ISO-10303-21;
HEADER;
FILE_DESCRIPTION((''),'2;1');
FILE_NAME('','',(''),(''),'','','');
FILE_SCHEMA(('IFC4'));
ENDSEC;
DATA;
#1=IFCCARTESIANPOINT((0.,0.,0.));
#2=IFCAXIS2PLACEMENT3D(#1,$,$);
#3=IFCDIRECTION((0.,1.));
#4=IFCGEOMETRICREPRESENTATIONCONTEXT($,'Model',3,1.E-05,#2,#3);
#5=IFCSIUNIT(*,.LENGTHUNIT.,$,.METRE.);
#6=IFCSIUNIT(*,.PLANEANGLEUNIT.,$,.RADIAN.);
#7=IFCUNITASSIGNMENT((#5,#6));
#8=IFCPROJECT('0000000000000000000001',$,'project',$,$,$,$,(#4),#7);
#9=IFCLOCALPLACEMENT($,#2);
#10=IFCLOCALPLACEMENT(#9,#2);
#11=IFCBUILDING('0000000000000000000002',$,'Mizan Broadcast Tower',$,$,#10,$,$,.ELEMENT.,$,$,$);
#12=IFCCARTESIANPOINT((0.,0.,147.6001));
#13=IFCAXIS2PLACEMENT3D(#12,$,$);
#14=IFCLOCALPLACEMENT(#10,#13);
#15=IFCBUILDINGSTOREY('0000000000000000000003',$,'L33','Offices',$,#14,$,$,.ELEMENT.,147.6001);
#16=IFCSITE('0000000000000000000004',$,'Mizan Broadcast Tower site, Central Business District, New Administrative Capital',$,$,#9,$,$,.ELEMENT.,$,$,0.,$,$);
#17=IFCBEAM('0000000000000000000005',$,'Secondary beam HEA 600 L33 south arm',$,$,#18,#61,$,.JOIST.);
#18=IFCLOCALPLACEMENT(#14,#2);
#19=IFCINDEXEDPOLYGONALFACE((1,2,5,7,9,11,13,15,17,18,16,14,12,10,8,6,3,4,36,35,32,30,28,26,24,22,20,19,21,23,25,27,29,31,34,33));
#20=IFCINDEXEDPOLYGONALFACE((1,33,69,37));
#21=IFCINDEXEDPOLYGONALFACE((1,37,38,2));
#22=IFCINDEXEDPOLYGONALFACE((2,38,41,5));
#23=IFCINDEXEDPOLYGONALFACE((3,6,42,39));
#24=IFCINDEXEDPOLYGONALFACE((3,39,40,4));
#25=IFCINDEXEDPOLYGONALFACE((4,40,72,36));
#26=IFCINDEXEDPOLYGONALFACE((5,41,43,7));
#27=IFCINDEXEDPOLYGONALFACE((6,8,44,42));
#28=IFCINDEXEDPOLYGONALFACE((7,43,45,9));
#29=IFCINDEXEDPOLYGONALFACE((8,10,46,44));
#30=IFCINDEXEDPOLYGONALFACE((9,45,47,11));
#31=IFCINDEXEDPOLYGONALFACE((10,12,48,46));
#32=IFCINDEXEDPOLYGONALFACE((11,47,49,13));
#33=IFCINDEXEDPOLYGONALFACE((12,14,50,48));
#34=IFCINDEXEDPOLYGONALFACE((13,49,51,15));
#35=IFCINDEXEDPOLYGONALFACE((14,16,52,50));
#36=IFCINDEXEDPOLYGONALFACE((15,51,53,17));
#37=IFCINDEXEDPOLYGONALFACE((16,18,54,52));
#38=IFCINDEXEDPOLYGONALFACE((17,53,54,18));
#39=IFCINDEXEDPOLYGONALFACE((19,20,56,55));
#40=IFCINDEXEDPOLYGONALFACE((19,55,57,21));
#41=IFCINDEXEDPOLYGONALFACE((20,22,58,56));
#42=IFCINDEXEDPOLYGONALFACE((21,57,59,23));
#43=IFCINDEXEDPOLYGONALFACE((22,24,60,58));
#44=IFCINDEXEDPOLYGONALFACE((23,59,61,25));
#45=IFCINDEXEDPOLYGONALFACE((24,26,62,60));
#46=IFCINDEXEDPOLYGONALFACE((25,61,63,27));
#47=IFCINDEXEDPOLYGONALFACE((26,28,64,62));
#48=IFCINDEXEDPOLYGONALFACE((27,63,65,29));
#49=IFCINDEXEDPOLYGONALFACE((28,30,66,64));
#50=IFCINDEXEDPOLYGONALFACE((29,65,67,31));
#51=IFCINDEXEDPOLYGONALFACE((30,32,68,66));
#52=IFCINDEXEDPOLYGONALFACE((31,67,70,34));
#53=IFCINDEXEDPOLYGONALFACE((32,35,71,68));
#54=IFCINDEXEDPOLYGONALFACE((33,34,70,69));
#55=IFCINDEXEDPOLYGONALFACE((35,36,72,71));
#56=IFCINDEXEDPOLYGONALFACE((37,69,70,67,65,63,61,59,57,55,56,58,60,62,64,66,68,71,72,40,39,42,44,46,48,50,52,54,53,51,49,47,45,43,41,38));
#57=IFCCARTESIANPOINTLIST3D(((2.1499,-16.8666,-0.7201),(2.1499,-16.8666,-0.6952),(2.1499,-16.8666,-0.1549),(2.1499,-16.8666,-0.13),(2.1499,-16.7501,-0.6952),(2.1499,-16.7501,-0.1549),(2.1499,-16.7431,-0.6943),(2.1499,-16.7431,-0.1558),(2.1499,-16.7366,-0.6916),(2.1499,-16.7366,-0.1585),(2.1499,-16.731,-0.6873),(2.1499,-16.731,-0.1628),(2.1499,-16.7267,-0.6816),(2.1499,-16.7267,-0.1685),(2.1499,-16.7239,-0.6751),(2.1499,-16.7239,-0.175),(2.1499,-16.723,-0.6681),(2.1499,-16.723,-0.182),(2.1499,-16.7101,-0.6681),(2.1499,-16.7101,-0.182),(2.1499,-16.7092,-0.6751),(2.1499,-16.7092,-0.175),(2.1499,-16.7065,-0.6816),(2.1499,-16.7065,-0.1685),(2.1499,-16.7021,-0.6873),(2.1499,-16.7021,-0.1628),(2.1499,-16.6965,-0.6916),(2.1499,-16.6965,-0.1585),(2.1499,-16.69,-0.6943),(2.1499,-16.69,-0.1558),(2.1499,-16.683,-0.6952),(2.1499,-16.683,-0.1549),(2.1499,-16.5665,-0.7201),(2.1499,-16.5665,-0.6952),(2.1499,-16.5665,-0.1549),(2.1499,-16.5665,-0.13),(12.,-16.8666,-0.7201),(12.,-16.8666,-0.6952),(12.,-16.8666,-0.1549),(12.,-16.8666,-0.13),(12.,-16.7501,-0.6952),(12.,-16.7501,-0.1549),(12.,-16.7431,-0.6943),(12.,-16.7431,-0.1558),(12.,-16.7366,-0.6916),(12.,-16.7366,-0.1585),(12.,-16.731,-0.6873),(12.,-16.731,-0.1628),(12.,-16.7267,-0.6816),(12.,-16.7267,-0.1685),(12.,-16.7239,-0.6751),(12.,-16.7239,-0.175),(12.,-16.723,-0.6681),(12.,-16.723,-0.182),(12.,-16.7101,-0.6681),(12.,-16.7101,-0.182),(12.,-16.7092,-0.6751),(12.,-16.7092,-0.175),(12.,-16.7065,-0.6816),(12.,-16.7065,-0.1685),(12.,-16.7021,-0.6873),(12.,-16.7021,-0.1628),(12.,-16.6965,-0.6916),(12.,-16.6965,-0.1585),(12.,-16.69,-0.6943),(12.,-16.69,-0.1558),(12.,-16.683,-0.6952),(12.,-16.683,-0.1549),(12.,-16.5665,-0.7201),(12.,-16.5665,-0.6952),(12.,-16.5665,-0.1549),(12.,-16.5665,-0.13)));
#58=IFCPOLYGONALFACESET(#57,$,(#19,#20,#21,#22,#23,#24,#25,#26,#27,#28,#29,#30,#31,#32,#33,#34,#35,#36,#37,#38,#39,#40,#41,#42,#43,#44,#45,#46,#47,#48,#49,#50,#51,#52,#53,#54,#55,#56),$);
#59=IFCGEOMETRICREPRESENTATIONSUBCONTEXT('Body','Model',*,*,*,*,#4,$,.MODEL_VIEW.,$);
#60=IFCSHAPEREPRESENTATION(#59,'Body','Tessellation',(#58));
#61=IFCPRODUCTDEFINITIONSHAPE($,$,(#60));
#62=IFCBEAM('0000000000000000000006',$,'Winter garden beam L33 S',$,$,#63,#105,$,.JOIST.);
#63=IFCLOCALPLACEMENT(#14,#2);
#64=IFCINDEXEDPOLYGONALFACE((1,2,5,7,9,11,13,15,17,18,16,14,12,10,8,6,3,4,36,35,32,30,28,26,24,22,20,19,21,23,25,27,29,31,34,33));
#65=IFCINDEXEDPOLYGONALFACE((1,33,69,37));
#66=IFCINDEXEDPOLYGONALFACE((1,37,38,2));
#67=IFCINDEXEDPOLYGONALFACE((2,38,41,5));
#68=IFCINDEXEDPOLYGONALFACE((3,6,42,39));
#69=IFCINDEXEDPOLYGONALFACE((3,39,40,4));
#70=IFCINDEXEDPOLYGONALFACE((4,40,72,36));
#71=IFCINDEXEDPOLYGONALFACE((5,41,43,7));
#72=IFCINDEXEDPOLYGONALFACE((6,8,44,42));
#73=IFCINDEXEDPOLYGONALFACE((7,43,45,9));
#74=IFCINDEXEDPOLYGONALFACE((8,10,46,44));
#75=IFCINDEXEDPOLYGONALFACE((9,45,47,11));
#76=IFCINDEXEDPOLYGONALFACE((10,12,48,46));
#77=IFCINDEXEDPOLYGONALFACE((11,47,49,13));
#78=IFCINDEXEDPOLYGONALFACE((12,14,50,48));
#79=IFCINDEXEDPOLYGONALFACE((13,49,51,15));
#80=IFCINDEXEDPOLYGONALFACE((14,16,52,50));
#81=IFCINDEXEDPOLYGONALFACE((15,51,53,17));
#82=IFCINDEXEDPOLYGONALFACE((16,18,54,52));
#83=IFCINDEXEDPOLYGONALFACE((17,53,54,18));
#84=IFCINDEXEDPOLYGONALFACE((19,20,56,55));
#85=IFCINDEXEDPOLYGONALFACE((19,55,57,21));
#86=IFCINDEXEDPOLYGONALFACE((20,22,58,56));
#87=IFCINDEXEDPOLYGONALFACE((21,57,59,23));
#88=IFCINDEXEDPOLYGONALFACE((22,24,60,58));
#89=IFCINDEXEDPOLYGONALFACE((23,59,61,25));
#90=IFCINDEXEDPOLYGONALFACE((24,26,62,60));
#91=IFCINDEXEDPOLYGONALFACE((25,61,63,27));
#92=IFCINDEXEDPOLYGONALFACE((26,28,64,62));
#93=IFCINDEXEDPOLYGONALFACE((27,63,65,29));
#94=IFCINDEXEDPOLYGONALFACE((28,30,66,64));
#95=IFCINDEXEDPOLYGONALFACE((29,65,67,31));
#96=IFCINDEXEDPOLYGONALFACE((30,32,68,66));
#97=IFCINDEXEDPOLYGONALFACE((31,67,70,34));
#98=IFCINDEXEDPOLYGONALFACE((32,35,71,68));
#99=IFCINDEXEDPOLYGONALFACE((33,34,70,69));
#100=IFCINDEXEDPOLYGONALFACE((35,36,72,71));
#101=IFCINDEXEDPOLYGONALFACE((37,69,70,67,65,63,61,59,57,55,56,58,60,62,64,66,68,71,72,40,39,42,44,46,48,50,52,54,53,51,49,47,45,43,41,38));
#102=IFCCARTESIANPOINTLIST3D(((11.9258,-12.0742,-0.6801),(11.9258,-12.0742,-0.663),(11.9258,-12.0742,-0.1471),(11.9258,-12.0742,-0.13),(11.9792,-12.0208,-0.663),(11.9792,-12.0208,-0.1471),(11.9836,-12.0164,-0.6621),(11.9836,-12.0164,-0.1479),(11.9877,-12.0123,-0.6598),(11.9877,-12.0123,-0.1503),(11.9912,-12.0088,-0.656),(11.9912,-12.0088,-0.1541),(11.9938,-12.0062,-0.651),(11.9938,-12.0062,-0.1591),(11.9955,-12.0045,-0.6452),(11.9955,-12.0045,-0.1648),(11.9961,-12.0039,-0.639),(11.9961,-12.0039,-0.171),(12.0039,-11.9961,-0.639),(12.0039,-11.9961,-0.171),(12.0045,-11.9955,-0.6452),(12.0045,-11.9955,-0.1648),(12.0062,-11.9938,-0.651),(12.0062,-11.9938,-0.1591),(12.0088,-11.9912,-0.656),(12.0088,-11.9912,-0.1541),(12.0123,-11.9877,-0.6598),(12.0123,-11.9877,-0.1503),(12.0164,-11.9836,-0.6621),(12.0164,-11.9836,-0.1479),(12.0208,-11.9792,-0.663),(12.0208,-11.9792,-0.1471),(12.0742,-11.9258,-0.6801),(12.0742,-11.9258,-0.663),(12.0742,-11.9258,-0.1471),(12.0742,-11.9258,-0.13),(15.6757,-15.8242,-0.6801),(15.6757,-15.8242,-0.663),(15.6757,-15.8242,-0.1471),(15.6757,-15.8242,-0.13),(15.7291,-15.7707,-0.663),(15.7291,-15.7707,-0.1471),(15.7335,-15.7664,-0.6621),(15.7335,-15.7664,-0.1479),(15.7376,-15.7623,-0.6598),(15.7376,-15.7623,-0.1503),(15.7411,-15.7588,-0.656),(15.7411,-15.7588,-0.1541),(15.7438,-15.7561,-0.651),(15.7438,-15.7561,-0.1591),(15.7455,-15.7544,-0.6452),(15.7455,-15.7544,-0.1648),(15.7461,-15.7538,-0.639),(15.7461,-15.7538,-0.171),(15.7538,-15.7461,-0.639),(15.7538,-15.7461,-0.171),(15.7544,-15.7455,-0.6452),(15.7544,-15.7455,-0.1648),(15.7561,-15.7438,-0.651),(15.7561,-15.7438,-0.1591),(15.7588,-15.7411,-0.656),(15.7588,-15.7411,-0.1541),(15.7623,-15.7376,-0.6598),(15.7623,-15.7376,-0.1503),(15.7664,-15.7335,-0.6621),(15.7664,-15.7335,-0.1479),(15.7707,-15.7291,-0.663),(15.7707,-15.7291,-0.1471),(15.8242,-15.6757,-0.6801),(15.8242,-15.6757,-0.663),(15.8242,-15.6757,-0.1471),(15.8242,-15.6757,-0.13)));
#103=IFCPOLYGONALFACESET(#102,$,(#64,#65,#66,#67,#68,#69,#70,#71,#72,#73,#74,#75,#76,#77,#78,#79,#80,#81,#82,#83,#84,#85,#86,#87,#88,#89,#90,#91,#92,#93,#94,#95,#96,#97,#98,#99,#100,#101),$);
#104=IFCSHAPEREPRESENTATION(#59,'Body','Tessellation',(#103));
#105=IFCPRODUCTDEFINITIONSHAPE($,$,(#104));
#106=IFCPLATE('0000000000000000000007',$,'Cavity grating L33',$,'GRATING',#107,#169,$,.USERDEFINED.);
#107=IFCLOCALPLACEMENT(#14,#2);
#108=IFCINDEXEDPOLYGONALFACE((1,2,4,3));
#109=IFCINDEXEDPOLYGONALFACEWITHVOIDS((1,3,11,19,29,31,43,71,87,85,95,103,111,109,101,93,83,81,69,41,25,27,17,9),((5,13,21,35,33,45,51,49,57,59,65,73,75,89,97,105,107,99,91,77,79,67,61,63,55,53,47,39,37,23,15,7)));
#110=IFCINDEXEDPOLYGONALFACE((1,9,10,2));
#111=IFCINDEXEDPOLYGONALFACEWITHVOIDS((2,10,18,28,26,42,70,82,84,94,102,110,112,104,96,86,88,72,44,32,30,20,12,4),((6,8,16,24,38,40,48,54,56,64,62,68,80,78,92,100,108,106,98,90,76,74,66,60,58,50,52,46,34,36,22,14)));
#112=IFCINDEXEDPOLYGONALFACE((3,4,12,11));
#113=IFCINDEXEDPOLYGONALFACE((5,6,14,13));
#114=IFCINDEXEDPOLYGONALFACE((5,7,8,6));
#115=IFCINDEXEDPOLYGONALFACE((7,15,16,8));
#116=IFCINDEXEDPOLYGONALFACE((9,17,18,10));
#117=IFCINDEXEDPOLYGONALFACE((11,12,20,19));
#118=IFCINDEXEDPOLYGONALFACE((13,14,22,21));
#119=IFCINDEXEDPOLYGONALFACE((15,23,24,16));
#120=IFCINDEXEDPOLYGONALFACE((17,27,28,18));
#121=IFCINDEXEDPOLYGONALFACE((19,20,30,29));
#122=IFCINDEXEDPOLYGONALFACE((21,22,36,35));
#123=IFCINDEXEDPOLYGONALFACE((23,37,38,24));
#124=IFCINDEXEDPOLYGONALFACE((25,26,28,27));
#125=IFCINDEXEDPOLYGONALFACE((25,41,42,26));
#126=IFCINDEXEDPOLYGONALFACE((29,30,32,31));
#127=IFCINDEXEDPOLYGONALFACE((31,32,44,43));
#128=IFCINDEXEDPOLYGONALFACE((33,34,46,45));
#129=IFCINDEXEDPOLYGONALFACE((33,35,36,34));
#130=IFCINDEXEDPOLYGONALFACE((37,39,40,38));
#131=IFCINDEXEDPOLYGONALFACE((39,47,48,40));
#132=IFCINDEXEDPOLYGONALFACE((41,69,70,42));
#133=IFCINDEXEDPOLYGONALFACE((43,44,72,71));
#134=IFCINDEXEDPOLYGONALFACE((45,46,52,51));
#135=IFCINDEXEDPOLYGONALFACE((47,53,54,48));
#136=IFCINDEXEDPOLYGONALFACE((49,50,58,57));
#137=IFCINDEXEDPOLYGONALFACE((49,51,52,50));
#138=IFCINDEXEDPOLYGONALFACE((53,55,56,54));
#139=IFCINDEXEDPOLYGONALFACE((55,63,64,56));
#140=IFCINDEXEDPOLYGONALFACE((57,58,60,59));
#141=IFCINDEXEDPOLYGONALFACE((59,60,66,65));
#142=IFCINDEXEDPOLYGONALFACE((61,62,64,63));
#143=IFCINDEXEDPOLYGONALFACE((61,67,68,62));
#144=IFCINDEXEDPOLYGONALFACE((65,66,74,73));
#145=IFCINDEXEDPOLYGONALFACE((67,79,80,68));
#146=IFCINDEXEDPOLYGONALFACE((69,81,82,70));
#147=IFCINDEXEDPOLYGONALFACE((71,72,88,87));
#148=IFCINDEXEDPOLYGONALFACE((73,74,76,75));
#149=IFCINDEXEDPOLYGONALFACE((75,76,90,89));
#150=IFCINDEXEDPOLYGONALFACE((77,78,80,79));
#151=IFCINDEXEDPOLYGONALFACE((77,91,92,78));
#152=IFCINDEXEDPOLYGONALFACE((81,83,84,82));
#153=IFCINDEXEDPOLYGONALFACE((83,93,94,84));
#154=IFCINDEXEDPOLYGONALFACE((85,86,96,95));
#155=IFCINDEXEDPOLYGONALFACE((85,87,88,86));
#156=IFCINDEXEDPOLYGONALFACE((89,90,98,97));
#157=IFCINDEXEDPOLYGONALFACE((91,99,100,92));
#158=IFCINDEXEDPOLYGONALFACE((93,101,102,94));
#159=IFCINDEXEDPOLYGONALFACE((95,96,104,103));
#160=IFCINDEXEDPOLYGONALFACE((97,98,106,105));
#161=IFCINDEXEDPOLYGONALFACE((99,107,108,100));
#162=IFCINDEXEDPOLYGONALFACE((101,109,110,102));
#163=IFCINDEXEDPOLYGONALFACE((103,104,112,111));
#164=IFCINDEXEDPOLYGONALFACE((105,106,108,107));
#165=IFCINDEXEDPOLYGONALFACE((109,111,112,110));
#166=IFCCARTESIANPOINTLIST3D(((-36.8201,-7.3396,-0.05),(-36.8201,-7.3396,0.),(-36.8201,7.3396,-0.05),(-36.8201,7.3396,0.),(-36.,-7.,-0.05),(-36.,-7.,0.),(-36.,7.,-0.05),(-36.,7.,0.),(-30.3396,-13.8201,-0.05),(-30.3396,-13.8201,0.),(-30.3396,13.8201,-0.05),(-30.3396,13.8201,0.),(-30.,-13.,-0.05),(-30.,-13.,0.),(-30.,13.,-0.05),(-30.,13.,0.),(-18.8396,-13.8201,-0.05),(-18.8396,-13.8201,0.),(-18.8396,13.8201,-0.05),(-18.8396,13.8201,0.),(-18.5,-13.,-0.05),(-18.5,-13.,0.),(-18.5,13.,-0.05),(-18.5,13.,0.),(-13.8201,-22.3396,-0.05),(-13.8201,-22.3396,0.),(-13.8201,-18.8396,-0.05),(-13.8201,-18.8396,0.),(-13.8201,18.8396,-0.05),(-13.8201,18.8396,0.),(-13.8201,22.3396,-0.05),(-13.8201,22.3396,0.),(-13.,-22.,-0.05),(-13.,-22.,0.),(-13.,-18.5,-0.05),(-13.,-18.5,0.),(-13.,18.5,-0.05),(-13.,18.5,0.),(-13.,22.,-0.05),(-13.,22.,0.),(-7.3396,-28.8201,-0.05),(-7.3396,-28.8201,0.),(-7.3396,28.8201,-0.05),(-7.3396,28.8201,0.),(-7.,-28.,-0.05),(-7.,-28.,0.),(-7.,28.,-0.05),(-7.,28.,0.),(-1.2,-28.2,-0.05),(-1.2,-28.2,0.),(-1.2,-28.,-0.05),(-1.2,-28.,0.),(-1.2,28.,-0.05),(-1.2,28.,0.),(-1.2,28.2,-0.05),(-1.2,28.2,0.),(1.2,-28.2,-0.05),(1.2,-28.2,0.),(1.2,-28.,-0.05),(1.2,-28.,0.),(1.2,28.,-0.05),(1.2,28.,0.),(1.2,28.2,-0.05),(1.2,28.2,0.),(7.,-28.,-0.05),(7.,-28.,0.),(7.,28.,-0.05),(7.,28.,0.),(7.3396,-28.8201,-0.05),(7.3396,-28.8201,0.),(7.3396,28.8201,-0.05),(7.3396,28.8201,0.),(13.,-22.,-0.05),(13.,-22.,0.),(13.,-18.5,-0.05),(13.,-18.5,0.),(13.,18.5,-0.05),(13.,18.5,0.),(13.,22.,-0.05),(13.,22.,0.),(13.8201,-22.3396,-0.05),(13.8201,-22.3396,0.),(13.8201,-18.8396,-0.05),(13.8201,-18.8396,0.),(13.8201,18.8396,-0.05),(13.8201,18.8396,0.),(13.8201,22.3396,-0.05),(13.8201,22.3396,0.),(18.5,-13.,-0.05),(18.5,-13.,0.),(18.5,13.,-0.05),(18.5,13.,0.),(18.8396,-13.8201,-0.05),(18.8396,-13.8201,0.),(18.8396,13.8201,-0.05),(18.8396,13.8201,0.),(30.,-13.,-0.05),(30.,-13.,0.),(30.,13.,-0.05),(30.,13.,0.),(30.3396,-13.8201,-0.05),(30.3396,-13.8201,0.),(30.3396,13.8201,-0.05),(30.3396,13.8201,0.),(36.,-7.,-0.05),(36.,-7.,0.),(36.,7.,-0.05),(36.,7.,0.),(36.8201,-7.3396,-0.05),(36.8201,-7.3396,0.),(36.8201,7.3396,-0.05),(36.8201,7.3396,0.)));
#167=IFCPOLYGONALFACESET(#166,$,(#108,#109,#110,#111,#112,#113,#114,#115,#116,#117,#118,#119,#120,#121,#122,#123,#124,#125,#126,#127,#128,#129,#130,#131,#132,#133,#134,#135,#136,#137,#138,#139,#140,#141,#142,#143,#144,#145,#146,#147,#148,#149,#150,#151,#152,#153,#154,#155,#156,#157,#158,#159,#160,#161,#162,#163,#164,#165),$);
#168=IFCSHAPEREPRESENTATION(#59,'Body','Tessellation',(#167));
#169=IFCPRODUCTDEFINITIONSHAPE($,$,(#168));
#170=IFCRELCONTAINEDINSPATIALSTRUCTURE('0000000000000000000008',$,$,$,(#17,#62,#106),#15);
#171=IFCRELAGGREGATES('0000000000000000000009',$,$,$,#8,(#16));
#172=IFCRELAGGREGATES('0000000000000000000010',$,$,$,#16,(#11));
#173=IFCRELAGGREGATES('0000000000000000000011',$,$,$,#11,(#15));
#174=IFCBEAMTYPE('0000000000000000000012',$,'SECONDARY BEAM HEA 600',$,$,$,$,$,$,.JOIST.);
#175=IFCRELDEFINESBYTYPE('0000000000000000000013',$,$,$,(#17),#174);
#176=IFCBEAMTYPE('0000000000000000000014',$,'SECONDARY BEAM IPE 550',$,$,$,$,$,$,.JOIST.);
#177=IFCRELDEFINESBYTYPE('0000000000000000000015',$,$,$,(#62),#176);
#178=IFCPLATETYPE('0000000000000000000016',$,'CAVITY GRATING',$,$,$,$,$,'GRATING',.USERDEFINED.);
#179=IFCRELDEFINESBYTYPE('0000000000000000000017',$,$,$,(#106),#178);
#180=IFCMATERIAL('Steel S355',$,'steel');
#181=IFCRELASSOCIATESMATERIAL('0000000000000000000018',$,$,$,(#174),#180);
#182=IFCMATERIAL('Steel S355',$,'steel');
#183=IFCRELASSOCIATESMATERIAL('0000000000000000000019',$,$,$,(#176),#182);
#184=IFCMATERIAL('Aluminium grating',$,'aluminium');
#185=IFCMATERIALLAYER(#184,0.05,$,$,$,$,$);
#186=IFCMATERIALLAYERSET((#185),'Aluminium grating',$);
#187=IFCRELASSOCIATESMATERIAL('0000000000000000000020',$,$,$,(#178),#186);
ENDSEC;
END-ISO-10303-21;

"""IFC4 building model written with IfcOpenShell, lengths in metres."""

from ifc_helpers import new_model, si_unit, direction, frame, origin, origin_2d, place, context, subcontext, project, spatial, polyline, i_section, outline, extrude, material, layer, layer_set, material_profile, profile_set, type_object, element, save


model = new_model("IFC4")

# Units and contexts
model_context = context("Model", 3, precision=1e-05, world=origin(), true_north=direction((0.0, 1.0)))
body_context = subcontext(model_context, "Body", "Model", "MODEL_VIEW")
ifc_project = project(units=[si_unit("LENGTHUNIT", "METRE"), si_unit("PLANEANGLEUNIT", "RADIAN")], contexts=[model_context])

# Site, building, storey
site_placement = place(None, origin())
site = spatial("IfcSite", under=ifc_project, at=site_placement, Name="Mizan Broadcast Tower site, Central Business District, New Administrative Capital", CompositionType="ELEMENT", RefElevation=0.0)
building_placement = place(site_placement, origin())
building = spatial("IfcBuilding", under=site, at=building_placement, Name="Mizan Broadcast Tower", CompositionType="ELEMENT")
storey_placement = place(building_placement, frame((0.0, 0.0, 147.6001)))
storey = spatial("IfcBuildingStorey", under=building, at=storey_placement, Name="L33", Description="Offices", CompositionType="ELEMENT", Elevation=147.6001)

# Beams
ifc_material_1 = material(Name="Steel S355", Category="steel")
ifc_material_profile_1 = material_profile(ifc_material_1, i_section(OverallWidth=0.3, OverallDepth=0.5901, WebThickness=0.0129, FlangeThickness=0.0249, FilletRadius=0.0271, at=origin_2d()), Name="HEA 600")
ifc_profile_set_1 = profile_set([ifc_material_profile_1], Name="Steel S355")
beam_type_1 = type_object("IfcBeamType", Name="SECONDARY BEAM HEA 600", PredefinedType="JOIST", material=ifc_profile_set_1)
for number, where, z_axis, x_axis, name in (
    (1, (12.0, -16.7166, -0.425), (-1.0, 0.0, 0.0), (0.0, -1.0, 0.0), "Secondary beam HEA 600 L33 south arm"),
):
    element("IfcBeam", number, at=place(storey_placement, frame(where, z_axis=z_axis, x_axis=x_axis)), inside=storey, type_object=beam_type_1, Name=name, PredefinedType="JOIST", context=body_context, shape_type="SweptSolid", body=[
        extrude(i_section(OverallWidth=0.3, OverallDepth=0.5901, WebThickness=0.0129, FlangeThickness=0.0249, FilletRadius=0.0271, at=origin_2d()), origin(), (0.0, 0.0, 1.0), 9.8501),
    ])
ifc_material_2 = material(Name="Steel S355", Category="steel")
ifc_material_profile_2 = material_profile(ifc_material_2, i_section(OverallWidth=0.21, OverallDepth=0.55, WebThickness=0.011, FlangeThickness=0.0171, FilletRadius=0.0239, at=origin_2d()), Name="IPE 550")
ifc_profile_set_2 = profile_set([ifc_material_profile_2], Name="Steel S355")
beam_type_2 = type_object("IfcBeamType", Name="SECONDARY BEAM IPE 550", PredefinedType="JOIST", material=ifc_profile_set_2)
beam_1_placement = place(storey_placement, frame((12.0, -12.0, -0.405), z_axis=(0.707107, -0.707107, 0.0), x_axis=(0.707107, 0.707107, 0.0)))
element("IfcBeam", 2, at=beam_1_placement, inside=storey, type_object=beam_type_2, Name="Winter garden beam L33 S", PredefinedType="JOIST", context=body_context, shape_type="SweptSolid", body=[
    extrude(i_section(OverallWidth=0.21, OverallDepth=0.55, WebThickness=0.011, FlangeThickness=0.0171, FilletRadius=0.0239, at=origin_2d()), origin(), (0.0, 0.0, 1.0), 5.3032),
])

# Plate
ifc_material_3 = material(Name="Aluminium grating", Category="aluminium")
ifc_layer_1 = layer(ifc_material_3, 0.05)
ifc_layer_set_1 = layer_set([ifc_layer_1], Name="Aluminium grating")
plate_type = type_object("IfcPlateType", Name="CAVITY GRATING", ElementType="GRATING", PredefinedType="USERDEFINED", material=ifc_layer_set_1)
plate_placement = place(storey_placement, frame((0.0, 0.0, -0.05)))
element("IfcPlate", 3, at=plate_placement, inside=storey, type_object=plate_type, Name="Cavity grating L33", ObjectType="GRATING", PredefinedType="USERDEFINED", context=body_context, shape_type="SweptSolid", body=[
    extrude(outline(polyline([(13.8201, -18.8396), (18.8396, -13.8201), (30.3396, -13.8201), (36.8201, -7.3396), (36.8201, 7.3396), (30.3396, 13.8201), (18.8396, 13.8201), (13.8201, 18.8396), (13.8201, 22.3396), (7.3396, 28.8201), (-7.3396, 28.8201), (-13.8201, 22.3396), (-13.8201, 18.8396), (-18.8396, 13.8201), (-30.3396, 13.8201), (-36.8201, 7.3396), (-36.8201, -7.3396), (-30.3396, -13.8201), (-18.8396, -13.8201), (-13.8201, -18.8396), (-13.8201, -22.3396), (-7.3396, -28.8201), (7.3396, -28.8201), (13.8201, -22.3396), (13.8201, -18.8396)]), holes=[polyline([(36.0, 7.0), (36.0, -7.0), (30.0, -13.0), (18.5, -13.0), (13.0, -18.5), (13.0, -22.0), (7.0, -28.0), (1.2, -28.0), (1.2, -28.2), (-1.2, -28.2), (-1.2, -28.0), (-7.0, -28.0), (-13.0, -22.0), (-13.0, -18.5), (-18.5, -13.0), (-30.0, -13.0), (-36.0, -7.0), (-36.0, 7.0), (-30.0, 13.0), (-18.5, 13.0), (-13.0, 18.5), (-13.0, 22.0), (-7.0, 28.0), (-1.2, 28.0), (-1.2, 28.2), (1.2, 28.2), (1.2, 28.0), (7.0, 28.0), (13.0, 22.0), (13.0, 18.5), (18.5, 13.0), (30.0, 13.0), (36.0, 7.0)])]), origin(), (0.0, 0.0, 1.0), 0.05),
])

save(model, "model.ifc")
